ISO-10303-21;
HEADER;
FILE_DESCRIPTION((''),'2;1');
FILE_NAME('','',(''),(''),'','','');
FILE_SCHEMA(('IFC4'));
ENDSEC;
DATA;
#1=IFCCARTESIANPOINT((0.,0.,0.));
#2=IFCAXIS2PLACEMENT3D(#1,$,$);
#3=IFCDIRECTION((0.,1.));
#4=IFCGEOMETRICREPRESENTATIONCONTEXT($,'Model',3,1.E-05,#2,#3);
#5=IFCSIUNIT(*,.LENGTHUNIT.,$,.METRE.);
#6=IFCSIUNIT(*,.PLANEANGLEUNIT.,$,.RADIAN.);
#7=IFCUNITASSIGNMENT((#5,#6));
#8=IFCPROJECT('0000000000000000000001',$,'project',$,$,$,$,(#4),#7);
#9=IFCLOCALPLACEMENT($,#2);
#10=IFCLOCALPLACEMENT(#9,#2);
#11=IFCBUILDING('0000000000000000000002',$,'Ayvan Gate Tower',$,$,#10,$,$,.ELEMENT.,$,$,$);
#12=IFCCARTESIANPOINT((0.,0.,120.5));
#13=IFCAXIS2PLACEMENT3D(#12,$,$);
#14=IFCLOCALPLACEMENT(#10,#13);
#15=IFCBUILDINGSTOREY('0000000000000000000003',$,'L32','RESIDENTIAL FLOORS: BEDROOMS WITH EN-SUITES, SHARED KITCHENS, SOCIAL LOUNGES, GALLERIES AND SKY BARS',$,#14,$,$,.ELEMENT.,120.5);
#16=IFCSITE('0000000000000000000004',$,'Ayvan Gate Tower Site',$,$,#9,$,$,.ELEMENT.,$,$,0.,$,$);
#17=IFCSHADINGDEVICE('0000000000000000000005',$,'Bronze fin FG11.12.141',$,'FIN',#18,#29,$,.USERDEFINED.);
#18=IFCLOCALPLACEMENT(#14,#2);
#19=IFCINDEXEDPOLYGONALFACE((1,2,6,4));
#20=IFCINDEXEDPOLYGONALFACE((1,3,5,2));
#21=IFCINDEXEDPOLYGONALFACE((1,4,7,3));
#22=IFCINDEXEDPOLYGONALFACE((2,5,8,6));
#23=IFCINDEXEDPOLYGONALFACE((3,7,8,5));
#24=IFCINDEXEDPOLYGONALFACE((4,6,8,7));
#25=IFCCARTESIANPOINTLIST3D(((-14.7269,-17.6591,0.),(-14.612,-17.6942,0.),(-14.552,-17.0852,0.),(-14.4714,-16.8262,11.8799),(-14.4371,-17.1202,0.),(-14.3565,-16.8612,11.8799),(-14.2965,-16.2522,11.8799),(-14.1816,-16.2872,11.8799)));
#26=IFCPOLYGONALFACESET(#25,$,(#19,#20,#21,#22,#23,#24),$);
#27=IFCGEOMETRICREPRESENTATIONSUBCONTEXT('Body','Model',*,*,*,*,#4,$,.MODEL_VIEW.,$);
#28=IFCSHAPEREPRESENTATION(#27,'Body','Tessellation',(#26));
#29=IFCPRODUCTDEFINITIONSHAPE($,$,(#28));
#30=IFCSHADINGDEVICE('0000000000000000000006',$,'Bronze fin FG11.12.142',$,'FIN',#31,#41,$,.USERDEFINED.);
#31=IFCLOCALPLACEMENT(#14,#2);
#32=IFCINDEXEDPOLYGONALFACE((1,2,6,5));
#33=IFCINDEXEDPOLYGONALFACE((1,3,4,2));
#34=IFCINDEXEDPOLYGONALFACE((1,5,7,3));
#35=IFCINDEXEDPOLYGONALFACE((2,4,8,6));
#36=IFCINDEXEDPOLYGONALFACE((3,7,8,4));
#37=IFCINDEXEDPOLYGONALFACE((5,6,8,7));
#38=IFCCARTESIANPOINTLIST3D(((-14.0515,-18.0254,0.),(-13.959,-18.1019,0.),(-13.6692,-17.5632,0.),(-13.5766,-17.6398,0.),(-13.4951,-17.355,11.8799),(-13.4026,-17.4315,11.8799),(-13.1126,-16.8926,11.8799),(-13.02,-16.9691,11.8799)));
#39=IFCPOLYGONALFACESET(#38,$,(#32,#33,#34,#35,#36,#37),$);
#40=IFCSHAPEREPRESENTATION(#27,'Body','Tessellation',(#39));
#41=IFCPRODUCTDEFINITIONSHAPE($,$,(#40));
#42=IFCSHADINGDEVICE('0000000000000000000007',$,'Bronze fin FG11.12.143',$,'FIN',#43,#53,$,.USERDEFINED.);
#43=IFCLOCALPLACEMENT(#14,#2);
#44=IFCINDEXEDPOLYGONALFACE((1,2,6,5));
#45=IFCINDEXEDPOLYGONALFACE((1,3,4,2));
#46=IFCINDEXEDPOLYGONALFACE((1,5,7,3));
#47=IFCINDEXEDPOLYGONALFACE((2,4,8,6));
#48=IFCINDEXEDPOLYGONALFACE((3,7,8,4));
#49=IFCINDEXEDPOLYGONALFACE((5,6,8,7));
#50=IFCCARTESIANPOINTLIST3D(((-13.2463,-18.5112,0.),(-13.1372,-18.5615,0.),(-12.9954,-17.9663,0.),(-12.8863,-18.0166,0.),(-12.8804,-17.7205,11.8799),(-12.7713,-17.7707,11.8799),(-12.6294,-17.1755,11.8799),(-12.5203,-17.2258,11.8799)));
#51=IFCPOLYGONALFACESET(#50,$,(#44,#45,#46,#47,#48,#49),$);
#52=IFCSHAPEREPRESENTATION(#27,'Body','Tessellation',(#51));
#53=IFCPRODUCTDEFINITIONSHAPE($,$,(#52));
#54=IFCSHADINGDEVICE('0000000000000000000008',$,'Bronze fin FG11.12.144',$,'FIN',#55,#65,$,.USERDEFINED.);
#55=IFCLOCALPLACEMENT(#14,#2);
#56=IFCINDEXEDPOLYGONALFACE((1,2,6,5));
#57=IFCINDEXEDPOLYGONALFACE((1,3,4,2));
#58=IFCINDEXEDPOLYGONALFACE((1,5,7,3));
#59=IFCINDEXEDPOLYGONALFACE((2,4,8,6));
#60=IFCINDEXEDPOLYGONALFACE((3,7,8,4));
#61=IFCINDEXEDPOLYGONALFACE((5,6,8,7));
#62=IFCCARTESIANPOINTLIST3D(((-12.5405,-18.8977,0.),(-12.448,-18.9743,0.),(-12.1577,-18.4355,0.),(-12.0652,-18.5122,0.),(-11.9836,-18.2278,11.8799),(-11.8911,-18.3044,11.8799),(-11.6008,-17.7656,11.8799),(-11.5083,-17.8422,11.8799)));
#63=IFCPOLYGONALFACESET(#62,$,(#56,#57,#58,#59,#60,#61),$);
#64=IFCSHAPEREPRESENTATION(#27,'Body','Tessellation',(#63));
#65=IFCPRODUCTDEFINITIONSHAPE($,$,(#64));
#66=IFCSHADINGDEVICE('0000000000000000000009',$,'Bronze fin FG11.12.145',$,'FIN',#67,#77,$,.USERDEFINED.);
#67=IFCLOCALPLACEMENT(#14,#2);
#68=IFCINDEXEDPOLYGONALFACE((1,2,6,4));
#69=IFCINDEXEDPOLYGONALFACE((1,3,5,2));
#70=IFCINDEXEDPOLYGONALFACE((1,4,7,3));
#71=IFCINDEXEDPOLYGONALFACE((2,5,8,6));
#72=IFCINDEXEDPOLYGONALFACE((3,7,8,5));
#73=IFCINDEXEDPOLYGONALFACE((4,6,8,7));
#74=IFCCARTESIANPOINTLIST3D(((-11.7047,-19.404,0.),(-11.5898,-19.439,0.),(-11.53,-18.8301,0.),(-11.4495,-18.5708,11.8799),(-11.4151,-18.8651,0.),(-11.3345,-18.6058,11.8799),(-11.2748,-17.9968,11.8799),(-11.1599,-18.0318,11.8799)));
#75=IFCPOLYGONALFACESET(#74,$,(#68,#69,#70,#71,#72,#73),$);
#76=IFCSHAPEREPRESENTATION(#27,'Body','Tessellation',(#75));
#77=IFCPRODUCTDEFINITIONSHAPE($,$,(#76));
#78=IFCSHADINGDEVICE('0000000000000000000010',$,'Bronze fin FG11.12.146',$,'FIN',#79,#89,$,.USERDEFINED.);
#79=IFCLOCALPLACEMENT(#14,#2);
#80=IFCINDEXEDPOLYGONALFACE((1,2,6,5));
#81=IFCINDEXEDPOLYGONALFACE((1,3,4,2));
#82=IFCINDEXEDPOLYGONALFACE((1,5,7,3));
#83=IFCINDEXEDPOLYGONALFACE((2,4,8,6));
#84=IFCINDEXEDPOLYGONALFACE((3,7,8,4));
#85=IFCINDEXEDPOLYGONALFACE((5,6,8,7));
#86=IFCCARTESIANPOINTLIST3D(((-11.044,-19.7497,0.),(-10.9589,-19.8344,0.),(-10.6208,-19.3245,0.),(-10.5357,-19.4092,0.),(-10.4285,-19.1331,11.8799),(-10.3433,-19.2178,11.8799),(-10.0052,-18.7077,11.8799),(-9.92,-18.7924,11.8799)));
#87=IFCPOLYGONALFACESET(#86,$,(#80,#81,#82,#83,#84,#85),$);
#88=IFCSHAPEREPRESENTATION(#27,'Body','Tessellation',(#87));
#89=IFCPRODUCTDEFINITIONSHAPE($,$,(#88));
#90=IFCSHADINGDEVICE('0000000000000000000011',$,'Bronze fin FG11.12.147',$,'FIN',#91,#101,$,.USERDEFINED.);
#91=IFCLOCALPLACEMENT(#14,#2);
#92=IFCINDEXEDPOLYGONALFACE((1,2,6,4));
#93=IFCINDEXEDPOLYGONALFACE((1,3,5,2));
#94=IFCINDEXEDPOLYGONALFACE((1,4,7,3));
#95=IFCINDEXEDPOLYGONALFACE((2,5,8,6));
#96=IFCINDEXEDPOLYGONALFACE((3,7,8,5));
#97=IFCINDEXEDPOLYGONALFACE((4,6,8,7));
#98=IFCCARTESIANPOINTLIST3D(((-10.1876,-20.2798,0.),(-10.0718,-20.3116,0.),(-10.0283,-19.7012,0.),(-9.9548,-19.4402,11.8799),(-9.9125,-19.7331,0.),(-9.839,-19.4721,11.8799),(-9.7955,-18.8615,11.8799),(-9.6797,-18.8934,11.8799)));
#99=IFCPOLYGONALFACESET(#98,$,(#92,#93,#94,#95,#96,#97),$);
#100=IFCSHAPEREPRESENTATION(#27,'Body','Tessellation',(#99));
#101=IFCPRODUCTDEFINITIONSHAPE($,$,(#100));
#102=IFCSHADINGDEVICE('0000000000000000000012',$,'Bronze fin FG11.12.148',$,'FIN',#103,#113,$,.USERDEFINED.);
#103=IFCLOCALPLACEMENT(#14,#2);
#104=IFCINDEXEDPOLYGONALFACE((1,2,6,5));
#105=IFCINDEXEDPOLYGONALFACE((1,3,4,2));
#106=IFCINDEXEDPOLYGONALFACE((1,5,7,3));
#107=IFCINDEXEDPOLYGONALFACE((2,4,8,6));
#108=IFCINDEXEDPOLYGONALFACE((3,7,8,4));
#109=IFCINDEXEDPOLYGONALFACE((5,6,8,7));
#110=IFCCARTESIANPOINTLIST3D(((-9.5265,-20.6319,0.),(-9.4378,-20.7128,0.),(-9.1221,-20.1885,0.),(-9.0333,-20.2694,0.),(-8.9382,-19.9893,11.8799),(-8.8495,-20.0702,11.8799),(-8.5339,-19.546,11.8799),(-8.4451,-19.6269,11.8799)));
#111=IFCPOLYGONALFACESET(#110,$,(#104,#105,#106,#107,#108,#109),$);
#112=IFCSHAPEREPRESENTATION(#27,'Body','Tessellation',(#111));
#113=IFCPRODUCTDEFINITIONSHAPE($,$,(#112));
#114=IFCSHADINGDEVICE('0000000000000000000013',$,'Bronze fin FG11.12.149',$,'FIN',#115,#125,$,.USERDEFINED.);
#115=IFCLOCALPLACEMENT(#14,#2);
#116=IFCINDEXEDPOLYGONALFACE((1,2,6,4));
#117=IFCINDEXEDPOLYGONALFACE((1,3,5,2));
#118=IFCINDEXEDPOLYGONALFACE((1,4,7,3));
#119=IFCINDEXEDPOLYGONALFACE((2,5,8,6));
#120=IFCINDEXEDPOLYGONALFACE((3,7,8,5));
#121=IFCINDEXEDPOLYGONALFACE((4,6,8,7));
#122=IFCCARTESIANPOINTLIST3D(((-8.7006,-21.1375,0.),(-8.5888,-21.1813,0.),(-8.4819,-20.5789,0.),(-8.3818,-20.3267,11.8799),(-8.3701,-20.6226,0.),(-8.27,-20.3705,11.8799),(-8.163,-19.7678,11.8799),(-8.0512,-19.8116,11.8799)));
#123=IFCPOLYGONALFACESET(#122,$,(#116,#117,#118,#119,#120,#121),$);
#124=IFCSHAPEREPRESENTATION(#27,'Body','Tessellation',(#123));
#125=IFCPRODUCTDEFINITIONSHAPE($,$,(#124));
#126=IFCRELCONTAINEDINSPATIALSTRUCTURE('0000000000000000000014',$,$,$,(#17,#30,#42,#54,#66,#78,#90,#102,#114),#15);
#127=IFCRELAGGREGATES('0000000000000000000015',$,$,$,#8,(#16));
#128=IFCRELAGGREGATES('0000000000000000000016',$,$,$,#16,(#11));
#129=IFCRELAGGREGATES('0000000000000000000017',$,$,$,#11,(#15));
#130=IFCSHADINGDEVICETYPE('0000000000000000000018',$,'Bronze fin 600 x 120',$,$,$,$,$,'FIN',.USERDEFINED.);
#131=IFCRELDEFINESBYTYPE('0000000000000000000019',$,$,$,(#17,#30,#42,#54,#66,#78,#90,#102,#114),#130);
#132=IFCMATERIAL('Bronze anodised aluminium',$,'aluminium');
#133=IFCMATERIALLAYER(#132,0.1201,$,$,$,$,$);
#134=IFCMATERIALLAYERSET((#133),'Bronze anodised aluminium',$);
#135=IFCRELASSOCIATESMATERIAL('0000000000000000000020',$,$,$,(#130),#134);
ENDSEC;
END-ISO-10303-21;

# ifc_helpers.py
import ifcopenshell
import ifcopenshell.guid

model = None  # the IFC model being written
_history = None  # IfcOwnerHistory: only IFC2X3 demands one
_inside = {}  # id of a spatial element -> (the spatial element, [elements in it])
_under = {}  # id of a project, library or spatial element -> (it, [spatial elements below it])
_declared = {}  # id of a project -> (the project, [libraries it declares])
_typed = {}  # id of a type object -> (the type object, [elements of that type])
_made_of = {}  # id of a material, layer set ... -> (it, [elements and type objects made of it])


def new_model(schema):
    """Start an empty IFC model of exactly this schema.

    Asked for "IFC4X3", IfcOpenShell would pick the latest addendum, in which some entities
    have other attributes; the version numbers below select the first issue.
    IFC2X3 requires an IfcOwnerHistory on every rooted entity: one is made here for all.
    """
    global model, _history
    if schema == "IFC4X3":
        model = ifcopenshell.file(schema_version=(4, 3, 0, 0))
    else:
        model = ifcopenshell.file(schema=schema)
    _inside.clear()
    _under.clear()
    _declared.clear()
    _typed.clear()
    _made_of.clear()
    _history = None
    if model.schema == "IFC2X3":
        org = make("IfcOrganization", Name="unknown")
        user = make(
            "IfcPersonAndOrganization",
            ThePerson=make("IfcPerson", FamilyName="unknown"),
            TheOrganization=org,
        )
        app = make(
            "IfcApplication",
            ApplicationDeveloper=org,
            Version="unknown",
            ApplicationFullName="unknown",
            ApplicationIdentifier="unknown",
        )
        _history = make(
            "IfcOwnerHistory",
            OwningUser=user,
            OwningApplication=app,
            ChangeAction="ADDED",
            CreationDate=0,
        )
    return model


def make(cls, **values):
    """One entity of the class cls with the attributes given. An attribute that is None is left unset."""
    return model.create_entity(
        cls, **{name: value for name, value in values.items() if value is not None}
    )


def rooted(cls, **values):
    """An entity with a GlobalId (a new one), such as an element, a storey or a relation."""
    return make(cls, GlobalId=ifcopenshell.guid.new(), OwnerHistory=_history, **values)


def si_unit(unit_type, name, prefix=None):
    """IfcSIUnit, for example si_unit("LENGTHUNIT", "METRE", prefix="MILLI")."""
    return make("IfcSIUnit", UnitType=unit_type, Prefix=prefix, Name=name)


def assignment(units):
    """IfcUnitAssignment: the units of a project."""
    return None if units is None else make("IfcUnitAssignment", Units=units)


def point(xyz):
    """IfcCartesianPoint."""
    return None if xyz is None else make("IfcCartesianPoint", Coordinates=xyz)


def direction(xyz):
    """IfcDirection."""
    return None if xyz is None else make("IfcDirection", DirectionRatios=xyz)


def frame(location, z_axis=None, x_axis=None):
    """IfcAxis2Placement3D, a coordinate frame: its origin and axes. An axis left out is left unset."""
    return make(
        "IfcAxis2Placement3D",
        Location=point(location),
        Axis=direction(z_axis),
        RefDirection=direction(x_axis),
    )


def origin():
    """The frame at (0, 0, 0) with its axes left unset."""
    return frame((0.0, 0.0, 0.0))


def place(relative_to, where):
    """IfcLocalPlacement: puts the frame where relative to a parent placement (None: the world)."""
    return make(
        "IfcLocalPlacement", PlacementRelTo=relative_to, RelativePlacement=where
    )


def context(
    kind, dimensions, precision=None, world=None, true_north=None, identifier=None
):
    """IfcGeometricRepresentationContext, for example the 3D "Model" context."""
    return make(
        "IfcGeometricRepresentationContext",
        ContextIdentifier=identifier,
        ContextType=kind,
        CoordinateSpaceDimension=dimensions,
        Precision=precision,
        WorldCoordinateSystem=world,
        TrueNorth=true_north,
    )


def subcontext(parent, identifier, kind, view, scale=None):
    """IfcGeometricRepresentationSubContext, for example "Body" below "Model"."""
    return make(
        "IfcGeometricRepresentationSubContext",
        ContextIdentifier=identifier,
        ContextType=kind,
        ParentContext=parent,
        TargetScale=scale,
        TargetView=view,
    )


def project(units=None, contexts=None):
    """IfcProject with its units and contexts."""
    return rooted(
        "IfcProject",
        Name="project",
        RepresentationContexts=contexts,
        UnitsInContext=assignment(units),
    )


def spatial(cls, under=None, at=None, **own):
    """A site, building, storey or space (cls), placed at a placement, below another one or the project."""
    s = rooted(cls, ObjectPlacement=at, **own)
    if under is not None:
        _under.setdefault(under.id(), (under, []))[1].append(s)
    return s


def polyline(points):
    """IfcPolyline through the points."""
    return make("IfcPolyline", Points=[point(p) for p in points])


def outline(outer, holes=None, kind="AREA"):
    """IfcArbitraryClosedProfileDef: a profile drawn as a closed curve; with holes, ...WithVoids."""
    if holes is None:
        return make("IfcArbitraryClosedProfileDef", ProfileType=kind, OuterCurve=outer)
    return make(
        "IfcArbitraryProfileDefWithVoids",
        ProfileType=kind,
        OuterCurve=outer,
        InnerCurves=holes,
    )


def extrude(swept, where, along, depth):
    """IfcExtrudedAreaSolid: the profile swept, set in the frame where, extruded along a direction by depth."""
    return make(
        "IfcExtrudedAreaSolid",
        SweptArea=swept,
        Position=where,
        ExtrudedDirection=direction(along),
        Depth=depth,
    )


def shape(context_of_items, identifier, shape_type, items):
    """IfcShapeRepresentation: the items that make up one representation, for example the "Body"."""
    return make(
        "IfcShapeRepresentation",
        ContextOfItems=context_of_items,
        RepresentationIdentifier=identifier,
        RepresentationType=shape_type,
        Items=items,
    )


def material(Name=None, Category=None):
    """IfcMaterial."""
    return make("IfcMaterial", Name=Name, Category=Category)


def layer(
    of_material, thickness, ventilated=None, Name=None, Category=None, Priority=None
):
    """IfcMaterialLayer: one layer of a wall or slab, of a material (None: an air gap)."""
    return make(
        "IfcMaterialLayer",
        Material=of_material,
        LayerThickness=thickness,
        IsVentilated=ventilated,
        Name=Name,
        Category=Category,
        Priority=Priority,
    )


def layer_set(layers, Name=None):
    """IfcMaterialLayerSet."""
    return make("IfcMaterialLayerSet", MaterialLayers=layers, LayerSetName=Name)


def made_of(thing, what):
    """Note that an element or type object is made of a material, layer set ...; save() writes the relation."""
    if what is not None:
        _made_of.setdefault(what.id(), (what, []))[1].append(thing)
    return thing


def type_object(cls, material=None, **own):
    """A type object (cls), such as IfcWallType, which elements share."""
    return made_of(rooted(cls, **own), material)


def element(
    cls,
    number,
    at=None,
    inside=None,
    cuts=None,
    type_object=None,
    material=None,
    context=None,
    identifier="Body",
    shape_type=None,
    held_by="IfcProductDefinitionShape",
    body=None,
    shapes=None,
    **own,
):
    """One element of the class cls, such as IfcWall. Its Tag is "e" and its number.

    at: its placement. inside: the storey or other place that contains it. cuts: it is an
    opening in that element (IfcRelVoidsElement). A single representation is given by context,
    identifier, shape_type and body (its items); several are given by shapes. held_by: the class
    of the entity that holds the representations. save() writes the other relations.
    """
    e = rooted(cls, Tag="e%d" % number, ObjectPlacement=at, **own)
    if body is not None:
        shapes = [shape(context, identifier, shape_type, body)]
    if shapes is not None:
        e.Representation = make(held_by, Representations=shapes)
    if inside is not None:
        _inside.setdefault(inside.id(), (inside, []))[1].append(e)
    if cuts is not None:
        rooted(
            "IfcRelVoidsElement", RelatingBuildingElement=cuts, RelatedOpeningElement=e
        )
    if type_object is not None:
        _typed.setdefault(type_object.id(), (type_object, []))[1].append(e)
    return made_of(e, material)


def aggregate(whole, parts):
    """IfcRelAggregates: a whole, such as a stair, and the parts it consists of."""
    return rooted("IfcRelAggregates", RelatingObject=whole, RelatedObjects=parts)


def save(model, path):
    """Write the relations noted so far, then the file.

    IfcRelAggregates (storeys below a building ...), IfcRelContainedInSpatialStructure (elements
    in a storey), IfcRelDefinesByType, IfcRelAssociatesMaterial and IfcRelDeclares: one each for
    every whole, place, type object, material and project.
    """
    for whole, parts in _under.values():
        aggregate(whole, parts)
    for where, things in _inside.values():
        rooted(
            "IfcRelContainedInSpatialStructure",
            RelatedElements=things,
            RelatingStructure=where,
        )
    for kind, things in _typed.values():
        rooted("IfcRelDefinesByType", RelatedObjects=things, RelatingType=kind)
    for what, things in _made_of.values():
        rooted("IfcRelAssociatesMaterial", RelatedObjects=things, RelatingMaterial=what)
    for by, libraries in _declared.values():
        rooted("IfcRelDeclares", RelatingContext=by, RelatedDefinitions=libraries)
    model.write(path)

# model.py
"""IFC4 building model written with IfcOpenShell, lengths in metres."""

from ifc_helpers import new_model, si_unit, direction, frame, origin, place, context, subcontext, project, spatial, polyline, outline, extrude, material, layer, layer_set, type_object, element, save


model = new_model("IFC4")

# Units and contexts
model_context = context("Model", 3, precision=1e-05, world=origin(), true_north=direction((0.0, 1.0)))
body_context = subcontext(model_context, "Body", "Model", "MODEL_VIEW")
ifc_project = project(units=[si_unit("LENGTHUNIT", "METRE"), si_unit("PLANEANGLEUNIT", "RADIAN")], contexts=[model_context])

# Site, building, storey
site_placement = place(None, origin())
site = spatial("IfcSite", under=ifc_project, at=site_placement, Name="Ayvan Gate Tower Site", CompositionType="ELEMENT", RefElevation=0.0)
building_placement = place(site_placement, origin())
building = spatial("IfcBuilding", under=site, at=building_placement, Name="Ayvan Gate Tower", CompositionType="ELEMENT")
storey_placement = place(building_placement, frame((0.0, 0.0, 120.5)))
storey = spatial("IfcBuildingStorey", under=building, at=storey_placement, Name="L32", Description="RESIDENTIAL FLOORS: BEDROOMS WITH EN-SUITES, SHARED KITCHENS, SOCIAL LOUNGES, GALLERIES AND SKY BARS", CompositionType="ELEMENT", Elevation=120.5)

# Shared definitions
ifc_material_1 = material(Name="Bronze anodised aluminium", Category="aluminium")

# Shading devices
ifc_layer_1 = layer(ifc_material_1, 0.1201)
ifc_layer_set_1 = layer_set([ifc_layer_1], Name="Bronze anodised aluminium")
shading_device_type = type_object("IfcShadingDeviceType", Name="Bronze fin 600 x 120", ElementType="FIN", PredefinedType="USERDEFINED", material=ifc_layer_set_1)
shading_device_1_placement = place(storey_placement, frame((-14.552, -17.0852, 0.0), z_axis=(-0.956563, 0.291526, 0.000131), x_axis=(-0.291526, -0.956563, 0.0)))
element("IfcShadingDevice", 1, at=shading_device_1_placement, inside=storey, type_object=shading_device_type, Name="Bronze fin FG11.12.141", ObjectType="FIN", PredefinedType="USERDEFINED", context=body_context, shape_type="SweptSolid", body=[
    extrude(outline(polyline([(0.0, 0.0), (0.6, 0.0), (-0.2713, 11.8799), (-0.8713, 11.8799), (0.0, 0.0)])), origin(), (0.0, 0.0, -1.0), 0.1201),
])
shading_device_2_placement = place(storey_placement, frame((-13.6692, -17.5632, 0.0), z_axis=(-0.770501, 0.637439, 0.000116), x_axis=(-0.637439, -0.770501, 0.0)))
element("IfcShadingDevice", 2, at=shading_device_2_placement, inside=storey, type_object=shading_device_type, Name="Bronze fin FG11.12.142", ObjectType="FIN", PredefinedType="USERDEFINED", context=body_context, shape_type="SweptSolid", body=[
    extrude(outline(polyline([(0.0, 0.0), (0.5998, 0.0), (-0.2714, 11.8799), (-0.8716, 11.8799), (0.0, 0.0)])), origin(), (0.0, 0.0, -1.0), 0.1201),
])
shading_device_3_placement = place(storey_placement, frame((-12.9954, -17.9663, 0.0), z_axis=(-0.908293, 0.418335, 0.000134), x_axis=(-0.418335, -0.908293, 0.0)))
element("IfcShadingDevice", 3, at=shading_device_3_placement, inside=storey, type_object=shading_device_type, Name="Bronze fin FG11.12.143", ObjectType="FIN", PredefinedType="USERDEFINED", context=body_context, shape_type="SweptSolid", body=[
    extrude(outline(polyline([(0.0, 0.0), (0.5999, 0.0), (-0.2714, 11.8799), (-0.8713, 11.8799), (0.0, 0.0)])), origin(), (0.0, 0.0, -1.0), 0.1201),
])
shading_device_4_placement = place(storey_placement, frame((-12.1577, -18.4355, 0.0), z_axis=(-0.770119, 0.637901, 0.000128), x_axis=(-0.637901, -0.770119, 0.0)))
element("IfcShadingDevice", 4, at=shading_device_4_placement, inside=storey, type_object=shading_device_type, Name="Bronze fin FG11.12.144", ObjectType="FIN", PredefinedType="USERDEFINED", context=body_context, shape_type="SweptSolid", body=[
    extrude(outline(polyline([(0.0, 0.0), (0.6001, 0.0), (-0.271, 11.8799), (-0.8712, 11.8799), (0.0, 0.0)])), origin(), (0.0, 0.0, -1.0), 0.1201),
])
shading_device_5_placement = place(storey_placement, frame((-11.53, -18.8301, 0.0), z_axis=(-0.956676, 0.291154, 0.000134), x_axis=(-0.291154, -0.956676, 0.0)))
element("IfcShadingDevice", 5, at=shading_device_5_placement, inside=storey, type_object=shading_device_type, Name="Bronze fin FG11.12.145", ObjectType="FIN", PredefinedType="USERDEFINED", context=body_context, shape_type="SweptSolid", body=[
    extrude(outline(polyline([(0.0, 0.0), (0.5999, 0.0), (-0.2715, 11.8799), (-0.8715, 11.8799), (0.0, 0.0)])), origin(), (0.0, 0.0, -1.0), 0.1201),
])
shading_device_6_placement = place(storey_placement, frame((-10.6208, -19.3245, 0.0), z_axis=(-0.708834, 0.705375, 0.000114), x_axis=(-0.705375, -0.708834, 0.0)))
element("IfcShadingDevice", 6, at=shading_device_6_placement, inside=storey, type_object=shading_device_type, Name="Bronze fin FG11.12.146", ObjectType="FIN", PredefinedType="USERDEFINED", context=body_context, shape_type="SweptSolid", body=[
    extrude(outline(polyline([(0.0, 0.0), (0.5999, 0.0), (-0.2714, 11.8799), (-0.8715, 11.8799), (0.0, 0.0)])), origin(), (0.0, 0.0, -1.0), 0.1201),
])
shading_device_7_placement = place(storey_placement, frame((-10.0283, -19.7012, 0.0), z_axis=(-0.964127, 0.26544, 0.000132), x_axis=(-0.26544, -0.964127, 0.0)))
element("IfcShadingDevice", 7, at=shading_device_7_placement, inside=storey, type_object=shading_device_type, Name="Bronze fin FG11.12.147", ObjectType="FIN", PredefinedType="USERDEFINED", context=body_context, shape_type="SweptSolid", body=[
    extrude(outline(polyline([(0.0, 0.0), (0.6001, 0.0), (-0.2711, 11.8799), (-0.8713, 11.8799), (0.0, 0.0)])), origin(), (0.0, 0.0, -1.0), 0.1201),
])
shading_device_8_placement = place(storey_placement, frame((-9.1221, -20.1885, 0.0), z_axis=(-0.738807, 0.673917, 0.000132), x_axis=(-0.673917, -0.738807, 0.0)))
element("IfcShadingDevice", 8, at=shading_device_8_placement, inside=storey, type_object=shading_device_type, Name="Bronze fin FG11.12.148", ObjectType="FIN", PredefinedType="USERDEFINED", context=body_context, shape_type="SweptSolid", body=[
    extrude(outline(polyline([(0.0, 0.0), (0.6002, 0.0), (-0.2711, 11.8799), (-0.8711, 11.8799), (0.0, 0.0)])), origin(), (0.0, 0.0, -1.0), 0.1201),
])
shading_device_9_placement = place(storey_placement, frame((-8.4819, -20.5789, 0.0), z_axis=(-0.931174, 0.364576, 0.000106), x_axis=(-0.364576, -0.931174, 0.0)))
element("IfcShadingDevice", 9, at=shading_device_9_placement, inside=storey, type_object=shading_device_type, Name="Bronze fin FG11.12.149", ObjectType="FIN", PredefinedType="USERDEFINED", context=body_context, shape_type="SweptSolid", body=[
    extrude(outline(polyline([(0.0, 0.0), (0.5999, 0.0), (-0.2713, 11.8799), (-0.8715, 11.8799), (0.0, 0.0)])), origin(), (0.0, 0.0, -1.0), 0.1201),
])

save(model, "model.ifc")
